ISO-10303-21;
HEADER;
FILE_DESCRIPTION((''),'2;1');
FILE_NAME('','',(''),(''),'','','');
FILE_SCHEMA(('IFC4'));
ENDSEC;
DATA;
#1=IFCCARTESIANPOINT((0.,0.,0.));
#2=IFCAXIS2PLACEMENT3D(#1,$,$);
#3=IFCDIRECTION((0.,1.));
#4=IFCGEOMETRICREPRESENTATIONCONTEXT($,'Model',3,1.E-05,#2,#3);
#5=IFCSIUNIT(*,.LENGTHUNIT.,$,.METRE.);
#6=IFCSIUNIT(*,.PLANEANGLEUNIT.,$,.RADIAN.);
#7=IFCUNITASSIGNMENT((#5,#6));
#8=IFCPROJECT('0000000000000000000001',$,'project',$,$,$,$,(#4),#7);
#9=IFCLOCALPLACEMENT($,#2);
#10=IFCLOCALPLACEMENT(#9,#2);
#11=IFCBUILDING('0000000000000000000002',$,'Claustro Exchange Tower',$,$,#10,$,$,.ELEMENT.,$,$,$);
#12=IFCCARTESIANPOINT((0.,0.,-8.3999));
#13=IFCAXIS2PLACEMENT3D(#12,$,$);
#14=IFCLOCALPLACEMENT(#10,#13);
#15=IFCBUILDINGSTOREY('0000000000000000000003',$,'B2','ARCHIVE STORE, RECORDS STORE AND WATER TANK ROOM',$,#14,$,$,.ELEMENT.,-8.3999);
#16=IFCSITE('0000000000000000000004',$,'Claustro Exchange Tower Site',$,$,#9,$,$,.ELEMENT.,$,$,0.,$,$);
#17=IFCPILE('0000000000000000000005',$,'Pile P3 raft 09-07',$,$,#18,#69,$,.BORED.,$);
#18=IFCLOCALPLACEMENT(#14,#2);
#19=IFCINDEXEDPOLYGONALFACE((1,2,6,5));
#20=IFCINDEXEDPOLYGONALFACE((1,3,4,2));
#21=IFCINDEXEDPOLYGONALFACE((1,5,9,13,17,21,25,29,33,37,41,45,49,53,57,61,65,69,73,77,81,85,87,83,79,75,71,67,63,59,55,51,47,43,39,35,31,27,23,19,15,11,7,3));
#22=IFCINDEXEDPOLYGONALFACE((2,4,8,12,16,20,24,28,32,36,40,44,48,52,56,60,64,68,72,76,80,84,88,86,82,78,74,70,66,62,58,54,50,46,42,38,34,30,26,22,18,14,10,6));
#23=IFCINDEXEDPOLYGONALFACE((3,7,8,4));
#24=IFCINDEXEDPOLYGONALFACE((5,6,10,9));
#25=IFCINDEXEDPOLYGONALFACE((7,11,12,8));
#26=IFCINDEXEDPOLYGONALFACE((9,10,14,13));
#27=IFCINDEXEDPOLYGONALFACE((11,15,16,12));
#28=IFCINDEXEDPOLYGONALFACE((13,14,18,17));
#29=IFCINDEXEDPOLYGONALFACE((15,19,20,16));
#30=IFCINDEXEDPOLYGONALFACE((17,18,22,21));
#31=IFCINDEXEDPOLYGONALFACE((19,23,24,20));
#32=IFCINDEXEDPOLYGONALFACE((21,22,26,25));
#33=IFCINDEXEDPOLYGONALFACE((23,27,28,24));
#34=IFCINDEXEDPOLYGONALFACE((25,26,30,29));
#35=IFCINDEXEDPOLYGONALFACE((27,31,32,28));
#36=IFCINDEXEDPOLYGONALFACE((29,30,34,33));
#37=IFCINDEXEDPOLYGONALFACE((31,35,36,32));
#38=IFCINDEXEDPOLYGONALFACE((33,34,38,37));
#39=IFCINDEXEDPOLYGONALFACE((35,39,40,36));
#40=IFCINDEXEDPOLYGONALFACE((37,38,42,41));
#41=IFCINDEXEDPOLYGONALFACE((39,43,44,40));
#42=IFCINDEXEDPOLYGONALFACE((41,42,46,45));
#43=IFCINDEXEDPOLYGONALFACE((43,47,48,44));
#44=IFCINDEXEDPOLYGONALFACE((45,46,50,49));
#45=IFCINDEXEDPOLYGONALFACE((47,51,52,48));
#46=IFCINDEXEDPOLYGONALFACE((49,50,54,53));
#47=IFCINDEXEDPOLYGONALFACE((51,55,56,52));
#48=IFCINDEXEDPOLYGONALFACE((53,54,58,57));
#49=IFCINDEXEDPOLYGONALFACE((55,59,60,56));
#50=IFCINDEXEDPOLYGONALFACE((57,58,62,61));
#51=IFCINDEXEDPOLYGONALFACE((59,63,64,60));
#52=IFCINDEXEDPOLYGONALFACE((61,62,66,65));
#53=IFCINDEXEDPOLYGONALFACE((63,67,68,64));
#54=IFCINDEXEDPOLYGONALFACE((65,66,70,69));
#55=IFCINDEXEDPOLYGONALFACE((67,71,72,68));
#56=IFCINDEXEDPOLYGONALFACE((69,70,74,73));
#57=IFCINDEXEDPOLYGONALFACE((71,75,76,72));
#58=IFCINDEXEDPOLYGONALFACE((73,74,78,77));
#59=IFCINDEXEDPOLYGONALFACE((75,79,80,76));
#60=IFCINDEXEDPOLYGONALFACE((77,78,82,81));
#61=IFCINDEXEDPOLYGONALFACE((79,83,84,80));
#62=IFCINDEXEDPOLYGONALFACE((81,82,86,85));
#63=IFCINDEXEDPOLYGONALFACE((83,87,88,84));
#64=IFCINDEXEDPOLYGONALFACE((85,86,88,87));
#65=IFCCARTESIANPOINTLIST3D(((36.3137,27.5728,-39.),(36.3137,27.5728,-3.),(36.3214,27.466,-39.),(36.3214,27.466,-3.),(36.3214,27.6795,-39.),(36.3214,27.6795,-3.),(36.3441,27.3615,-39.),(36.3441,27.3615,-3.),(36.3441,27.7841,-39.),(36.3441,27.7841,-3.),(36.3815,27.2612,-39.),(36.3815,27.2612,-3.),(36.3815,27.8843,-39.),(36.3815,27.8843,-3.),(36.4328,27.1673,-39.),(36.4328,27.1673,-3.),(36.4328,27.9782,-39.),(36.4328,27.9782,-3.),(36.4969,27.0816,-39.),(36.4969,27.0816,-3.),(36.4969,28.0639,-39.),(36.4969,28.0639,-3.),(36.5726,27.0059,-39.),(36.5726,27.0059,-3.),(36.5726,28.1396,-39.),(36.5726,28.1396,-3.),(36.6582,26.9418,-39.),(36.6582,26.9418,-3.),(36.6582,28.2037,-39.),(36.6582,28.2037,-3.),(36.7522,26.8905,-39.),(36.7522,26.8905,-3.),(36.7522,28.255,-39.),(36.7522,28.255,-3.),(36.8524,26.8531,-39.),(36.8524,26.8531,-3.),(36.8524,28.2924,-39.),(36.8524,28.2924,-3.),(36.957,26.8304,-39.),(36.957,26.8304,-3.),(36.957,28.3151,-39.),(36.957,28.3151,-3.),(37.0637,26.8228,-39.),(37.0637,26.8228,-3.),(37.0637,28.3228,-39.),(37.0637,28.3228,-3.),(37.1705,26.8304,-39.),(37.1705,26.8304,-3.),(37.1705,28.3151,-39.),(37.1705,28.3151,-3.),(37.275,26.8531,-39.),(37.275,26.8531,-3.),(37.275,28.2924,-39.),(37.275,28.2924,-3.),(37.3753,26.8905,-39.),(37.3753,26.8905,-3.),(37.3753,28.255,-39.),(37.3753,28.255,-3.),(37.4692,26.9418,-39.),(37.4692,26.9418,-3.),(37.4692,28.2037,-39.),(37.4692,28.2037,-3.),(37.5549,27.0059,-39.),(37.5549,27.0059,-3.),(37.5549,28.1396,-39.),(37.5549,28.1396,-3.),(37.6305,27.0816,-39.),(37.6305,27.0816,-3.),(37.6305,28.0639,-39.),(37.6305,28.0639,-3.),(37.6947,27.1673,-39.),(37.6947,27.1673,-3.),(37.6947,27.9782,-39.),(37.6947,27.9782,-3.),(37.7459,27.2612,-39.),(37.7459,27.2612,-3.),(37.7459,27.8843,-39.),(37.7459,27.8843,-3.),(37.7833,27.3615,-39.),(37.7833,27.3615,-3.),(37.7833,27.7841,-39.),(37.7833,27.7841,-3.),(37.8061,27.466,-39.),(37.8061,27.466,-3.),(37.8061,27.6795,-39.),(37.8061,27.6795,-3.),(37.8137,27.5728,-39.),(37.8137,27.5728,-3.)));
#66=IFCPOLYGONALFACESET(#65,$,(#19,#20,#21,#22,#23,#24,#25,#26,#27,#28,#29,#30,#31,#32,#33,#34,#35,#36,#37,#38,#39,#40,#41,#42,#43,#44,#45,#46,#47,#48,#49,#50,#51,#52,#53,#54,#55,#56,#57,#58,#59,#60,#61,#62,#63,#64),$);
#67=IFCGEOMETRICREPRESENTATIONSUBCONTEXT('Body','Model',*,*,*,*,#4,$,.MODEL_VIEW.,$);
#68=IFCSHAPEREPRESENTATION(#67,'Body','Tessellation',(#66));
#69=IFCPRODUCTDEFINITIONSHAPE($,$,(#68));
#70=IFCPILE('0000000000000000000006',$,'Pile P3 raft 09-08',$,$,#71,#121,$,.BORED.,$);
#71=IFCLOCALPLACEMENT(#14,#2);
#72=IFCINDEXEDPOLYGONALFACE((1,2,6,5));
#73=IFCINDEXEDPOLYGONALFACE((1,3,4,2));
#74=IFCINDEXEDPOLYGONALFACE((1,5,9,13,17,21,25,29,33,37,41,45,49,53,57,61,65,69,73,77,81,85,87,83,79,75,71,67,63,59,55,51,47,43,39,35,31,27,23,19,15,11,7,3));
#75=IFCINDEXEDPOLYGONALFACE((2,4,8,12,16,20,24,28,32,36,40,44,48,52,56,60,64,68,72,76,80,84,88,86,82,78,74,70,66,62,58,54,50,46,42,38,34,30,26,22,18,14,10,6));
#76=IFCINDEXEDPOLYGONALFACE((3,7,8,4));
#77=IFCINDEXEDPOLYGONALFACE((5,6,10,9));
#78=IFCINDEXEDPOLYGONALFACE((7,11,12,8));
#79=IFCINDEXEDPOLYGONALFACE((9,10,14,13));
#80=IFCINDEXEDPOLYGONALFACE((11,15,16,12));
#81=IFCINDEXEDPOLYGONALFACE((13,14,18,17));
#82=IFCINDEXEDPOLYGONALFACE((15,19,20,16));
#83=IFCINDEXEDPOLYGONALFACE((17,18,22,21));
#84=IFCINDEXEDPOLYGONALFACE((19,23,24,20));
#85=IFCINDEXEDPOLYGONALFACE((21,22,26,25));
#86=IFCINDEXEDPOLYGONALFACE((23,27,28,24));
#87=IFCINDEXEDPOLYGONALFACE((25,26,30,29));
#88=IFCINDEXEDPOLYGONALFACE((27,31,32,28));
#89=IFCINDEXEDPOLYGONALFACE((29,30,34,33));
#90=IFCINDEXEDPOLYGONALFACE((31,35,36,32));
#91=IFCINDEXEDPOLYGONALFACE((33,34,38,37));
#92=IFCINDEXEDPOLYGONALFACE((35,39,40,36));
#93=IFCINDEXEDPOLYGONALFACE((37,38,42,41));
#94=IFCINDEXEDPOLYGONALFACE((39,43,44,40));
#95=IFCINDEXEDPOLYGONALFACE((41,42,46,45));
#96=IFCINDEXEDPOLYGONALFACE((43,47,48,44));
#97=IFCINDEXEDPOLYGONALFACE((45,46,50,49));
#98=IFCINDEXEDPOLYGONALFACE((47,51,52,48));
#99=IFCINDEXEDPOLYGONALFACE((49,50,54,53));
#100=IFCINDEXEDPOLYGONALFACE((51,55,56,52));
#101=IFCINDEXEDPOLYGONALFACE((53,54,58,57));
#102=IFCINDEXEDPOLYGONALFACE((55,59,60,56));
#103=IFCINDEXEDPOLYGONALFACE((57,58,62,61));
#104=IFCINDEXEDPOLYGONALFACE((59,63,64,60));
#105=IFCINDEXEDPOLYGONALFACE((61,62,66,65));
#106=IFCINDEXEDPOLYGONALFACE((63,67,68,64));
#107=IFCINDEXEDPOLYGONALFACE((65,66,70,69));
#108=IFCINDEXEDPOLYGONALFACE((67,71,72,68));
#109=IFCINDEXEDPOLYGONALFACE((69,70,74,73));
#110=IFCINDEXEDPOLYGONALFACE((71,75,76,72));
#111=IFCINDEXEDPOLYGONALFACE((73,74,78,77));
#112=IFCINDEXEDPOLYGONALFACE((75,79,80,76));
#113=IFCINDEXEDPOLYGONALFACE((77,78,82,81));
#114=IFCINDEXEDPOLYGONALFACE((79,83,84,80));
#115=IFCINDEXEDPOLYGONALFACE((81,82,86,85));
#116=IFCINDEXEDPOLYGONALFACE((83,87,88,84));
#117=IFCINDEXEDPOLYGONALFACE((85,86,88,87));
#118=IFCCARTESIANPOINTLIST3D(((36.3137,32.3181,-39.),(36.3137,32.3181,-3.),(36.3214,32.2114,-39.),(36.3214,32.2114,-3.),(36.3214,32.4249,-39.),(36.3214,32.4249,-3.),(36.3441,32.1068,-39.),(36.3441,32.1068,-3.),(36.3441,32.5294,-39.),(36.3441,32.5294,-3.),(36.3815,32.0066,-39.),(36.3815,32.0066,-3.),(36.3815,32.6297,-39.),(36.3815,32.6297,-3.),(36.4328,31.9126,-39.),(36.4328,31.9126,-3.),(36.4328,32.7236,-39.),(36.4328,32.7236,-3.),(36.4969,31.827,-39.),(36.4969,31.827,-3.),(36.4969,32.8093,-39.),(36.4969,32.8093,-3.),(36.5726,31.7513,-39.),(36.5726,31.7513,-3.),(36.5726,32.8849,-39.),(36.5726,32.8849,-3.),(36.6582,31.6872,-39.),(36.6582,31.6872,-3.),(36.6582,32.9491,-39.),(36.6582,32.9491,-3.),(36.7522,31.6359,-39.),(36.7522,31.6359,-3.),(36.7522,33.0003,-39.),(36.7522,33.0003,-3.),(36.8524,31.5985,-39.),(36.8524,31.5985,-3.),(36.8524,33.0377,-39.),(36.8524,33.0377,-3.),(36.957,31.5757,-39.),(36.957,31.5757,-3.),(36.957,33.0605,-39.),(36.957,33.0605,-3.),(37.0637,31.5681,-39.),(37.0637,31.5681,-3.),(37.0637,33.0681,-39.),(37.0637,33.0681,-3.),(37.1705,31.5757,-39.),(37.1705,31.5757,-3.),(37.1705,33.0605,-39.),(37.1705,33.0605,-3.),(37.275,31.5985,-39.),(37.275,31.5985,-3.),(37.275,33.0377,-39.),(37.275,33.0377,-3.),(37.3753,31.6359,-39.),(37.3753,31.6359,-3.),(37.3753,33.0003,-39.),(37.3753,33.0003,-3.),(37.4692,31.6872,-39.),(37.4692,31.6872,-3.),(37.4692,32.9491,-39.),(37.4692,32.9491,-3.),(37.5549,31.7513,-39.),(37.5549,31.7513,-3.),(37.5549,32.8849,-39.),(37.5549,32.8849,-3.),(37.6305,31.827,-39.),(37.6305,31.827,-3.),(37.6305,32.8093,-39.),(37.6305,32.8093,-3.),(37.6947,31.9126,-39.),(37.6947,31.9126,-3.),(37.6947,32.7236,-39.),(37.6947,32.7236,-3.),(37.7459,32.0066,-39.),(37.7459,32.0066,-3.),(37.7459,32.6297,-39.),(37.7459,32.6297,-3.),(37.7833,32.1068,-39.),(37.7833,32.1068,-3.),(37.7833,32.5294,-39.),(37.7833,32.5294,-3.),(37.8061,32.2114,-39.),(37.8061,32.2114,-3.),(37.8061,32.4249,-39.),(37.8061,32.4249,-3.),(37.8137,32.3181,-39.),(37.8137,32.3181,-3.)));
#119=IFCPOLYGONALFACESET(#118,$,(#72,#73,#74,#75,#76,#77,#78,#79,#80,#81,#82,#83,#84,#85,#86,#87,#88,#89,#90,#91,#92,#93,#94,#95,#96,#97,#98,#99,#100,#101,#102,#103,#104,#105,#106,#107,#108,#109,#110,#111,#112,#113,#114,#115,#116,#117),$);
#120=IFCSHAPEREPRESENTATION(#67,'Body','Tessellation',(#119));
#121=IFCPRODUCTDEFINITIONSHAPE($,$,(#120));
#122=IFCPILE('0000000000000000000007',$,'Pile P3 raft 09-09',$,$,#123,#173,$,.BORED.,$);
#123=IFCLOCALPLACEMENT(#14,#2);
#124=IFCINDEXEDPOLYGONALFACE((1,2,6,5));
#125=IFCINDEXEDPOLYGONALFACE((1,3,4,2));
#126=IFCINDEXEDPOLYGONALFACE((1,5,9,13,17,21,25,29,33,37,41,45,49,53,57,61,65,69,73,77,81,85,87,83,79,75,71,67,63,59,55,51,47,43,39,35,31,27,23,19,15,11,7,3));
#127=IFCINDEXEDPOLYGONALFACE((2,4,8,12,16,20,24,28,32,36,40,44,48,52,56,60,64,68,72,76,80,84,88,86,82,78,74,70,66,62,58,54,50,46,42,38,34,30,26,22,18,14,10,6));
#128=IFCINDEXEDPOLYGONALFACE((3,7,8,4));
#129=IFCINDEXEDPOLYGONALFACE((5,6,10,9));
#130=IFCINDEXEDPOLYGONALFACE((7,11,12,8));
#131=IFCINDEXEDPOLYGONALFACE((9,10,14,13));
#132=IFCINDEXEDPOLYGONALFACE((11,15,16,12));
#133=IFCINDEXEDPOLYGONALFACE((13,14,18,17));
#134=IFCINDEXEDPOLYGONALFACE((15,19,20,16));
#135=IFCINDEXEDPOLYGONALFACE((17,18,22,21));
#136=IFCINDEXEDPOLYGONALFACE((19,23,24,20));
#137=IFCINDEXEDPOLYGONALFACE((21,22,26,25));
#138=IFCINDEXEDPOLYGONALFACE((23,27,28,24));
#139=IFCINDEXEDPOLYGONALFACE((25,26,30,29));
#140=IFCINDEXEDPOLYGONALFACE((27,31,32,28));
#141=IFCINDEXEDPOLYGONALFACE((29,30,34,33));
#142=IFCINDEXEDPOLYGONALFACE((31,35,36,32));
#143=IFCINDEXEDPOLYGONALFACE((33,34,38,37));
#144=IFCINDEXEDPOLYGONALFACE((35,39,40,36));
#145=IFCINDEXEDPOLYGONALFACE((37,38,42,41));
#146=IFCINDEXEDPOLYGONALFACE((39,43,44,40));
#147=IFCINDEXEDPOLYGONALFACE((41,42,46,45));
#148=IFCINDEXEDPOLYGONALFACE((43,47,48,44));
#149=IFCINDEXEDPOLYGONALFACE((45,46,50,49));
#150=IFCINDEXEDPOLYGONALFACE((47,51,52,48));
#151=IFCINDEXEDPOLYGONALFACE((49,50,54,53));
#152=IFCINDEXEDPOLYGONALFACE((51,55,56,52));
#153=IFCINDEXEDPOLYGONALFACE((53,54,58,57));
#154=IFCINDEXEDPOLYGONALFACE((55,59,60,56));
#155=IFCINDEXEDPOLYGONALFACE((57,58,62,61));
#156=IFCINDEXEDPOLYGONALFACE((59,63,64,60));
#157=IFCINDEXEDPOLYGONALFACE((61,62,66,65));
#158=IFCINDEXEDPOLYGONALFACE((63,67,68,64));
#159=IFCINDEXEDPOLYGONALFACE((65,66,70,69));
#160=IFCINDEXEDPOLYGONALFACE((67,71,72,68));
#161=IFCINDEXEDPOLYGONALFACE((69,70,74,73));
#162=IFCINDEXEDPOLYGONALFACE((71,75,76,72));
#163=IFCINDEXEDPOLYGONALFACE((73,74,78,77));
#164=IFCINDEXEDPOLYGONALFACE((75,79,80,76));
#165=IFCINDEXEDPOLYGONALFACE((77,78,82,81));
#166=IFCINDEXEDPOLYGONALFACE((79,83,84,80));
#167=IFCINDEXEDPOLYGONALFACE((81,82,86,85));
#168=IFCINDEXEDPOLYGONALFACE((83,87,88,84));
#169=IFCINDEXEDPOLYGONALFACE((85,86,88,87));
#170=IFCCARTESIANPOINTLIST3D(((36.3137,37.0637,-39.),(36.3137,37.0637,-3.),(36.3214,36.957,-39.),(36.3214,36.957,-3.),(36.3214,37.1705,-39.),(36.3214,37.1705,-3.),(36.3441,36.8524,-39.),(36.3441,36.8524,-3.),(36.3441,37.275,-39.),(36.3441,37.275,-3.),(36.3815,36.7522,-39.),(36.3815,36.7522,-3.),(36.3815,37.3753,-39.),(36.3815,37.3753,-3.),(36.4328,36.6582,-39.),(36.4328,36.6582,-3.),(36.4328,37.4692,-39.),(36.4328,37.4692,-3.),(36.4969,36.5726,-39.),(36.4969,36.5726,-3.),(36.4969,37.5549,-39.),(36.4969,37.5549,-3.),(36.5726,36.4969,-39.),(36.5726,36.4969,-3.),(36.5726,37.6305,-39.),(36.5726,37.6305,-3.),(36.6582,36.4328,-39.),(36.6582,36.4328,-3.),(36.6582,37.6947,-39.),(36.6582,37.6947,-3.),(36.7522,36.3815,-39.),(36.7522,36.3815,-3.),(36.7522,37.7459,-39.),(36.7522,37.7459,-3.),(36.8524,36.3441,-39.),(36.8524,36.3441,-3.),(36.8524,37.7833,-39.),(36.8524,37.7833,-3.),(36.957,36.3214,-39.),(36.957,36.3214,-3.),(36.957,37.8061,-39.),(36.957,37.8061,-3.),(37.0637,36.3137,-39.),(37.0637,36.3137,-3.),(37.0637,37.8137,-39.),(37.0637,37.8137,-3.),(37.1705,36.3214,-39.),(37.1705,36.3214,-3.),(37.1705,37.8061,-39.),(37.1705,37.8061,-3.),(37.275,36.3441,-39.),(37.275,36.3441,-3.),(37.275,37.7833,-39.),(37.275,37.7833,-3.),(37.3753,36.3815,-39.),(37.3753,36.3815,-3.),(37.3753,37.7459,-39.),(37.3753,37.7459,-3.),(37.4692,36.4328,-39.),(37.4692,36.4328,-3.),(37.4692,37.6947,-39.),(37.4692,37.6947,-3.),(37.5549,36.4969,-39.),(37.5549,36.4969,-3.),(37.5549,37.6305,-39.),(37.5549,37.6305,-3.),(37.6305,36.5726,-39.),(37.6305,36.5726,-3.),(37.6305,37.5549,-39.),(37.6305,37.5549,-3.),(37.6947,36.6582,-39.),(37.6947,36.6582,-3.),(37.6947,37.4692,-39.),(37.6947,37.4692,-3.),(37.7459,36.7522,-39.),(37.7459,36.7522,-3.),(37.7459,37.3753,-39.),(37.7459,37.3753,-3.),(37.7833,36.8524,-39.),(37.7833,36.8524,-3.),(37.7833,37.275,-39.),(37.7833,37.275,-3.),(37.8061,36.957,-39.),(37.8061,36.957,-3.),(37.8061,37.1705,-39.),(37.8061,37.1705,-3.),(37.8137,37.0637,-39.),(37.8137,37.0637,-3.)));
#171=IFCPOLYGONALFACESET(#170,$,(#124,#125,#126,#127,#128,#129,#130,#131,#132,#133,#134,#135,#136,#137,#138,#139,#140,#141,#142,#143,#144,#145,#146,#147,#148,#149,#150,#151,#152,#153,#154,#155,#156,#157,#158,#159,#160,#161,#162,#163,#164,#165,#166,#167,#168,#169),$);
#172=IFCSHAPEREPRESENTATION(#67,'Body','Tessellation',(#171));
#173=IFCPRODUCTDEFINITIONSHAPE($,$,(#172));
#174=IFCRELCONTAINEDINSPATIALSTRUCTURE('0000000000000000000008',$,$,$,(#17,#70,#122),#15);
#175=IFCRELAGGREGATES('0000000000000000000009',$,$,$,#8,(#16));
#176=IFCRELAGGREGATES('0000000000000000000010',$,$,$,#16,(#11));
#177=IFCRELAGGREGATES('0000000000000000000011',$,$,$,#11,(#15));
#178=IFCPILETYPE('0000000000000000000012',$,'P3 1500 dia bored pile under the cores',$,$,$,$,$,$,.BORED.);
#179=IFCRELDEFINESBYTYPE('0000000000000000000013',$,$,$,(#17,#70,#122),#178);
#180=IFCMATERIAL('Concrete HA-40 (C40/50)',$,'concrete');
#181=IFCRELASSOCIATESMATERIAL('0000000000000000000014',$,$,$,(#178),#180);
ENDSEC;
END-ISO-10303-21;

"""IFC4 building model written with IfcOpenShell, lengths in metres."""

from ifc_helpers import new_model, si_unit, direction, frame, origin, origin_2d, place, context, subcontext, project, spatial, circle, extrude, material, type_object, element, save


model = new_model("IFC4")

# Units and contexts
model_context = context("Model", 3, precision=1e-05, world=origin(), true_north=direction((0.0, 1.0)))
body_context = subcontext(model_context, "Body", "Model", "MODEL_VIEW")
ifc_project = project(units=[si_unit("LENGTHUNIT", "METRE"), si_unit("PLANEANGLEUNIT", "RADIAN")], contexts=[model_context])

# Site, building, storey
site_placement = place(None, origin())
site = spatial("IfcSite", under=ifc_project, at=site_placement, Name="Claustro Exchange Tower Site", CompositionType="ELEMENT", RefElevation=0.0)
building_placement = place(site_placement, origin())
building = spatial("IfcBuilding", under=site, at=building_placement, Name="Claustro Exchange Tower", CompositionType="ELEMENT")
storey_placement = place(building_placement, frame((0.0, 0.0, -8.3999)))
storey = spatial("IfcBuildingStorey", under=building, at=storey_placement, Name="B2", Description="ARCHIVE STORE, RECORDS STORE AND WATER TANK ROOM", CompositionType="ELEMENT", Elevation=-8.3999)

# Piles
ifc_material_1 = material(Name="Concrete HA-40 (C40/50)", Category="concrete")
pile_type_1 = type_object("IfcPileType", Name="P3 1500 dia bored pile under the cores", PredefinedType="BORED", material=ifc_material_1)
for number, where, z_axis, x_axis, name in (
    (1, (37.0637, 27.5728, -3.0), (0.0, 0.0, -1.0), (1.0, 0.0, 0.0), "Pile P3 raft 09-07"),
    (2, (37.0637, 32.3181, -3.0), (0.0, 0.0, -1.0), (1.0, 0.0, 0.0), "Pile P3 raft 09-08"),
    (3, (37.0637, 37.0637, -3.0), (0.0, 0.0, -1.0), (1.0, 0.0, 0.0), "Pile P3 raft 09-09"),
):
    element("IfcPile", number, at=place(storey_placement, frame(where, z_axis=z_axis, x_axis=x_axis)), inside=storey, type_object=pile_type_1, Name=name, PredefinedType="BORED", context=body_context, shape_type="SweptSolid", body=[
        extrude(circle(Radius=0.75, at=origin_2d()), origin(), (0.0, 0.0, 1.0), 36.0),
    ])

save(model, "model.ifc")
